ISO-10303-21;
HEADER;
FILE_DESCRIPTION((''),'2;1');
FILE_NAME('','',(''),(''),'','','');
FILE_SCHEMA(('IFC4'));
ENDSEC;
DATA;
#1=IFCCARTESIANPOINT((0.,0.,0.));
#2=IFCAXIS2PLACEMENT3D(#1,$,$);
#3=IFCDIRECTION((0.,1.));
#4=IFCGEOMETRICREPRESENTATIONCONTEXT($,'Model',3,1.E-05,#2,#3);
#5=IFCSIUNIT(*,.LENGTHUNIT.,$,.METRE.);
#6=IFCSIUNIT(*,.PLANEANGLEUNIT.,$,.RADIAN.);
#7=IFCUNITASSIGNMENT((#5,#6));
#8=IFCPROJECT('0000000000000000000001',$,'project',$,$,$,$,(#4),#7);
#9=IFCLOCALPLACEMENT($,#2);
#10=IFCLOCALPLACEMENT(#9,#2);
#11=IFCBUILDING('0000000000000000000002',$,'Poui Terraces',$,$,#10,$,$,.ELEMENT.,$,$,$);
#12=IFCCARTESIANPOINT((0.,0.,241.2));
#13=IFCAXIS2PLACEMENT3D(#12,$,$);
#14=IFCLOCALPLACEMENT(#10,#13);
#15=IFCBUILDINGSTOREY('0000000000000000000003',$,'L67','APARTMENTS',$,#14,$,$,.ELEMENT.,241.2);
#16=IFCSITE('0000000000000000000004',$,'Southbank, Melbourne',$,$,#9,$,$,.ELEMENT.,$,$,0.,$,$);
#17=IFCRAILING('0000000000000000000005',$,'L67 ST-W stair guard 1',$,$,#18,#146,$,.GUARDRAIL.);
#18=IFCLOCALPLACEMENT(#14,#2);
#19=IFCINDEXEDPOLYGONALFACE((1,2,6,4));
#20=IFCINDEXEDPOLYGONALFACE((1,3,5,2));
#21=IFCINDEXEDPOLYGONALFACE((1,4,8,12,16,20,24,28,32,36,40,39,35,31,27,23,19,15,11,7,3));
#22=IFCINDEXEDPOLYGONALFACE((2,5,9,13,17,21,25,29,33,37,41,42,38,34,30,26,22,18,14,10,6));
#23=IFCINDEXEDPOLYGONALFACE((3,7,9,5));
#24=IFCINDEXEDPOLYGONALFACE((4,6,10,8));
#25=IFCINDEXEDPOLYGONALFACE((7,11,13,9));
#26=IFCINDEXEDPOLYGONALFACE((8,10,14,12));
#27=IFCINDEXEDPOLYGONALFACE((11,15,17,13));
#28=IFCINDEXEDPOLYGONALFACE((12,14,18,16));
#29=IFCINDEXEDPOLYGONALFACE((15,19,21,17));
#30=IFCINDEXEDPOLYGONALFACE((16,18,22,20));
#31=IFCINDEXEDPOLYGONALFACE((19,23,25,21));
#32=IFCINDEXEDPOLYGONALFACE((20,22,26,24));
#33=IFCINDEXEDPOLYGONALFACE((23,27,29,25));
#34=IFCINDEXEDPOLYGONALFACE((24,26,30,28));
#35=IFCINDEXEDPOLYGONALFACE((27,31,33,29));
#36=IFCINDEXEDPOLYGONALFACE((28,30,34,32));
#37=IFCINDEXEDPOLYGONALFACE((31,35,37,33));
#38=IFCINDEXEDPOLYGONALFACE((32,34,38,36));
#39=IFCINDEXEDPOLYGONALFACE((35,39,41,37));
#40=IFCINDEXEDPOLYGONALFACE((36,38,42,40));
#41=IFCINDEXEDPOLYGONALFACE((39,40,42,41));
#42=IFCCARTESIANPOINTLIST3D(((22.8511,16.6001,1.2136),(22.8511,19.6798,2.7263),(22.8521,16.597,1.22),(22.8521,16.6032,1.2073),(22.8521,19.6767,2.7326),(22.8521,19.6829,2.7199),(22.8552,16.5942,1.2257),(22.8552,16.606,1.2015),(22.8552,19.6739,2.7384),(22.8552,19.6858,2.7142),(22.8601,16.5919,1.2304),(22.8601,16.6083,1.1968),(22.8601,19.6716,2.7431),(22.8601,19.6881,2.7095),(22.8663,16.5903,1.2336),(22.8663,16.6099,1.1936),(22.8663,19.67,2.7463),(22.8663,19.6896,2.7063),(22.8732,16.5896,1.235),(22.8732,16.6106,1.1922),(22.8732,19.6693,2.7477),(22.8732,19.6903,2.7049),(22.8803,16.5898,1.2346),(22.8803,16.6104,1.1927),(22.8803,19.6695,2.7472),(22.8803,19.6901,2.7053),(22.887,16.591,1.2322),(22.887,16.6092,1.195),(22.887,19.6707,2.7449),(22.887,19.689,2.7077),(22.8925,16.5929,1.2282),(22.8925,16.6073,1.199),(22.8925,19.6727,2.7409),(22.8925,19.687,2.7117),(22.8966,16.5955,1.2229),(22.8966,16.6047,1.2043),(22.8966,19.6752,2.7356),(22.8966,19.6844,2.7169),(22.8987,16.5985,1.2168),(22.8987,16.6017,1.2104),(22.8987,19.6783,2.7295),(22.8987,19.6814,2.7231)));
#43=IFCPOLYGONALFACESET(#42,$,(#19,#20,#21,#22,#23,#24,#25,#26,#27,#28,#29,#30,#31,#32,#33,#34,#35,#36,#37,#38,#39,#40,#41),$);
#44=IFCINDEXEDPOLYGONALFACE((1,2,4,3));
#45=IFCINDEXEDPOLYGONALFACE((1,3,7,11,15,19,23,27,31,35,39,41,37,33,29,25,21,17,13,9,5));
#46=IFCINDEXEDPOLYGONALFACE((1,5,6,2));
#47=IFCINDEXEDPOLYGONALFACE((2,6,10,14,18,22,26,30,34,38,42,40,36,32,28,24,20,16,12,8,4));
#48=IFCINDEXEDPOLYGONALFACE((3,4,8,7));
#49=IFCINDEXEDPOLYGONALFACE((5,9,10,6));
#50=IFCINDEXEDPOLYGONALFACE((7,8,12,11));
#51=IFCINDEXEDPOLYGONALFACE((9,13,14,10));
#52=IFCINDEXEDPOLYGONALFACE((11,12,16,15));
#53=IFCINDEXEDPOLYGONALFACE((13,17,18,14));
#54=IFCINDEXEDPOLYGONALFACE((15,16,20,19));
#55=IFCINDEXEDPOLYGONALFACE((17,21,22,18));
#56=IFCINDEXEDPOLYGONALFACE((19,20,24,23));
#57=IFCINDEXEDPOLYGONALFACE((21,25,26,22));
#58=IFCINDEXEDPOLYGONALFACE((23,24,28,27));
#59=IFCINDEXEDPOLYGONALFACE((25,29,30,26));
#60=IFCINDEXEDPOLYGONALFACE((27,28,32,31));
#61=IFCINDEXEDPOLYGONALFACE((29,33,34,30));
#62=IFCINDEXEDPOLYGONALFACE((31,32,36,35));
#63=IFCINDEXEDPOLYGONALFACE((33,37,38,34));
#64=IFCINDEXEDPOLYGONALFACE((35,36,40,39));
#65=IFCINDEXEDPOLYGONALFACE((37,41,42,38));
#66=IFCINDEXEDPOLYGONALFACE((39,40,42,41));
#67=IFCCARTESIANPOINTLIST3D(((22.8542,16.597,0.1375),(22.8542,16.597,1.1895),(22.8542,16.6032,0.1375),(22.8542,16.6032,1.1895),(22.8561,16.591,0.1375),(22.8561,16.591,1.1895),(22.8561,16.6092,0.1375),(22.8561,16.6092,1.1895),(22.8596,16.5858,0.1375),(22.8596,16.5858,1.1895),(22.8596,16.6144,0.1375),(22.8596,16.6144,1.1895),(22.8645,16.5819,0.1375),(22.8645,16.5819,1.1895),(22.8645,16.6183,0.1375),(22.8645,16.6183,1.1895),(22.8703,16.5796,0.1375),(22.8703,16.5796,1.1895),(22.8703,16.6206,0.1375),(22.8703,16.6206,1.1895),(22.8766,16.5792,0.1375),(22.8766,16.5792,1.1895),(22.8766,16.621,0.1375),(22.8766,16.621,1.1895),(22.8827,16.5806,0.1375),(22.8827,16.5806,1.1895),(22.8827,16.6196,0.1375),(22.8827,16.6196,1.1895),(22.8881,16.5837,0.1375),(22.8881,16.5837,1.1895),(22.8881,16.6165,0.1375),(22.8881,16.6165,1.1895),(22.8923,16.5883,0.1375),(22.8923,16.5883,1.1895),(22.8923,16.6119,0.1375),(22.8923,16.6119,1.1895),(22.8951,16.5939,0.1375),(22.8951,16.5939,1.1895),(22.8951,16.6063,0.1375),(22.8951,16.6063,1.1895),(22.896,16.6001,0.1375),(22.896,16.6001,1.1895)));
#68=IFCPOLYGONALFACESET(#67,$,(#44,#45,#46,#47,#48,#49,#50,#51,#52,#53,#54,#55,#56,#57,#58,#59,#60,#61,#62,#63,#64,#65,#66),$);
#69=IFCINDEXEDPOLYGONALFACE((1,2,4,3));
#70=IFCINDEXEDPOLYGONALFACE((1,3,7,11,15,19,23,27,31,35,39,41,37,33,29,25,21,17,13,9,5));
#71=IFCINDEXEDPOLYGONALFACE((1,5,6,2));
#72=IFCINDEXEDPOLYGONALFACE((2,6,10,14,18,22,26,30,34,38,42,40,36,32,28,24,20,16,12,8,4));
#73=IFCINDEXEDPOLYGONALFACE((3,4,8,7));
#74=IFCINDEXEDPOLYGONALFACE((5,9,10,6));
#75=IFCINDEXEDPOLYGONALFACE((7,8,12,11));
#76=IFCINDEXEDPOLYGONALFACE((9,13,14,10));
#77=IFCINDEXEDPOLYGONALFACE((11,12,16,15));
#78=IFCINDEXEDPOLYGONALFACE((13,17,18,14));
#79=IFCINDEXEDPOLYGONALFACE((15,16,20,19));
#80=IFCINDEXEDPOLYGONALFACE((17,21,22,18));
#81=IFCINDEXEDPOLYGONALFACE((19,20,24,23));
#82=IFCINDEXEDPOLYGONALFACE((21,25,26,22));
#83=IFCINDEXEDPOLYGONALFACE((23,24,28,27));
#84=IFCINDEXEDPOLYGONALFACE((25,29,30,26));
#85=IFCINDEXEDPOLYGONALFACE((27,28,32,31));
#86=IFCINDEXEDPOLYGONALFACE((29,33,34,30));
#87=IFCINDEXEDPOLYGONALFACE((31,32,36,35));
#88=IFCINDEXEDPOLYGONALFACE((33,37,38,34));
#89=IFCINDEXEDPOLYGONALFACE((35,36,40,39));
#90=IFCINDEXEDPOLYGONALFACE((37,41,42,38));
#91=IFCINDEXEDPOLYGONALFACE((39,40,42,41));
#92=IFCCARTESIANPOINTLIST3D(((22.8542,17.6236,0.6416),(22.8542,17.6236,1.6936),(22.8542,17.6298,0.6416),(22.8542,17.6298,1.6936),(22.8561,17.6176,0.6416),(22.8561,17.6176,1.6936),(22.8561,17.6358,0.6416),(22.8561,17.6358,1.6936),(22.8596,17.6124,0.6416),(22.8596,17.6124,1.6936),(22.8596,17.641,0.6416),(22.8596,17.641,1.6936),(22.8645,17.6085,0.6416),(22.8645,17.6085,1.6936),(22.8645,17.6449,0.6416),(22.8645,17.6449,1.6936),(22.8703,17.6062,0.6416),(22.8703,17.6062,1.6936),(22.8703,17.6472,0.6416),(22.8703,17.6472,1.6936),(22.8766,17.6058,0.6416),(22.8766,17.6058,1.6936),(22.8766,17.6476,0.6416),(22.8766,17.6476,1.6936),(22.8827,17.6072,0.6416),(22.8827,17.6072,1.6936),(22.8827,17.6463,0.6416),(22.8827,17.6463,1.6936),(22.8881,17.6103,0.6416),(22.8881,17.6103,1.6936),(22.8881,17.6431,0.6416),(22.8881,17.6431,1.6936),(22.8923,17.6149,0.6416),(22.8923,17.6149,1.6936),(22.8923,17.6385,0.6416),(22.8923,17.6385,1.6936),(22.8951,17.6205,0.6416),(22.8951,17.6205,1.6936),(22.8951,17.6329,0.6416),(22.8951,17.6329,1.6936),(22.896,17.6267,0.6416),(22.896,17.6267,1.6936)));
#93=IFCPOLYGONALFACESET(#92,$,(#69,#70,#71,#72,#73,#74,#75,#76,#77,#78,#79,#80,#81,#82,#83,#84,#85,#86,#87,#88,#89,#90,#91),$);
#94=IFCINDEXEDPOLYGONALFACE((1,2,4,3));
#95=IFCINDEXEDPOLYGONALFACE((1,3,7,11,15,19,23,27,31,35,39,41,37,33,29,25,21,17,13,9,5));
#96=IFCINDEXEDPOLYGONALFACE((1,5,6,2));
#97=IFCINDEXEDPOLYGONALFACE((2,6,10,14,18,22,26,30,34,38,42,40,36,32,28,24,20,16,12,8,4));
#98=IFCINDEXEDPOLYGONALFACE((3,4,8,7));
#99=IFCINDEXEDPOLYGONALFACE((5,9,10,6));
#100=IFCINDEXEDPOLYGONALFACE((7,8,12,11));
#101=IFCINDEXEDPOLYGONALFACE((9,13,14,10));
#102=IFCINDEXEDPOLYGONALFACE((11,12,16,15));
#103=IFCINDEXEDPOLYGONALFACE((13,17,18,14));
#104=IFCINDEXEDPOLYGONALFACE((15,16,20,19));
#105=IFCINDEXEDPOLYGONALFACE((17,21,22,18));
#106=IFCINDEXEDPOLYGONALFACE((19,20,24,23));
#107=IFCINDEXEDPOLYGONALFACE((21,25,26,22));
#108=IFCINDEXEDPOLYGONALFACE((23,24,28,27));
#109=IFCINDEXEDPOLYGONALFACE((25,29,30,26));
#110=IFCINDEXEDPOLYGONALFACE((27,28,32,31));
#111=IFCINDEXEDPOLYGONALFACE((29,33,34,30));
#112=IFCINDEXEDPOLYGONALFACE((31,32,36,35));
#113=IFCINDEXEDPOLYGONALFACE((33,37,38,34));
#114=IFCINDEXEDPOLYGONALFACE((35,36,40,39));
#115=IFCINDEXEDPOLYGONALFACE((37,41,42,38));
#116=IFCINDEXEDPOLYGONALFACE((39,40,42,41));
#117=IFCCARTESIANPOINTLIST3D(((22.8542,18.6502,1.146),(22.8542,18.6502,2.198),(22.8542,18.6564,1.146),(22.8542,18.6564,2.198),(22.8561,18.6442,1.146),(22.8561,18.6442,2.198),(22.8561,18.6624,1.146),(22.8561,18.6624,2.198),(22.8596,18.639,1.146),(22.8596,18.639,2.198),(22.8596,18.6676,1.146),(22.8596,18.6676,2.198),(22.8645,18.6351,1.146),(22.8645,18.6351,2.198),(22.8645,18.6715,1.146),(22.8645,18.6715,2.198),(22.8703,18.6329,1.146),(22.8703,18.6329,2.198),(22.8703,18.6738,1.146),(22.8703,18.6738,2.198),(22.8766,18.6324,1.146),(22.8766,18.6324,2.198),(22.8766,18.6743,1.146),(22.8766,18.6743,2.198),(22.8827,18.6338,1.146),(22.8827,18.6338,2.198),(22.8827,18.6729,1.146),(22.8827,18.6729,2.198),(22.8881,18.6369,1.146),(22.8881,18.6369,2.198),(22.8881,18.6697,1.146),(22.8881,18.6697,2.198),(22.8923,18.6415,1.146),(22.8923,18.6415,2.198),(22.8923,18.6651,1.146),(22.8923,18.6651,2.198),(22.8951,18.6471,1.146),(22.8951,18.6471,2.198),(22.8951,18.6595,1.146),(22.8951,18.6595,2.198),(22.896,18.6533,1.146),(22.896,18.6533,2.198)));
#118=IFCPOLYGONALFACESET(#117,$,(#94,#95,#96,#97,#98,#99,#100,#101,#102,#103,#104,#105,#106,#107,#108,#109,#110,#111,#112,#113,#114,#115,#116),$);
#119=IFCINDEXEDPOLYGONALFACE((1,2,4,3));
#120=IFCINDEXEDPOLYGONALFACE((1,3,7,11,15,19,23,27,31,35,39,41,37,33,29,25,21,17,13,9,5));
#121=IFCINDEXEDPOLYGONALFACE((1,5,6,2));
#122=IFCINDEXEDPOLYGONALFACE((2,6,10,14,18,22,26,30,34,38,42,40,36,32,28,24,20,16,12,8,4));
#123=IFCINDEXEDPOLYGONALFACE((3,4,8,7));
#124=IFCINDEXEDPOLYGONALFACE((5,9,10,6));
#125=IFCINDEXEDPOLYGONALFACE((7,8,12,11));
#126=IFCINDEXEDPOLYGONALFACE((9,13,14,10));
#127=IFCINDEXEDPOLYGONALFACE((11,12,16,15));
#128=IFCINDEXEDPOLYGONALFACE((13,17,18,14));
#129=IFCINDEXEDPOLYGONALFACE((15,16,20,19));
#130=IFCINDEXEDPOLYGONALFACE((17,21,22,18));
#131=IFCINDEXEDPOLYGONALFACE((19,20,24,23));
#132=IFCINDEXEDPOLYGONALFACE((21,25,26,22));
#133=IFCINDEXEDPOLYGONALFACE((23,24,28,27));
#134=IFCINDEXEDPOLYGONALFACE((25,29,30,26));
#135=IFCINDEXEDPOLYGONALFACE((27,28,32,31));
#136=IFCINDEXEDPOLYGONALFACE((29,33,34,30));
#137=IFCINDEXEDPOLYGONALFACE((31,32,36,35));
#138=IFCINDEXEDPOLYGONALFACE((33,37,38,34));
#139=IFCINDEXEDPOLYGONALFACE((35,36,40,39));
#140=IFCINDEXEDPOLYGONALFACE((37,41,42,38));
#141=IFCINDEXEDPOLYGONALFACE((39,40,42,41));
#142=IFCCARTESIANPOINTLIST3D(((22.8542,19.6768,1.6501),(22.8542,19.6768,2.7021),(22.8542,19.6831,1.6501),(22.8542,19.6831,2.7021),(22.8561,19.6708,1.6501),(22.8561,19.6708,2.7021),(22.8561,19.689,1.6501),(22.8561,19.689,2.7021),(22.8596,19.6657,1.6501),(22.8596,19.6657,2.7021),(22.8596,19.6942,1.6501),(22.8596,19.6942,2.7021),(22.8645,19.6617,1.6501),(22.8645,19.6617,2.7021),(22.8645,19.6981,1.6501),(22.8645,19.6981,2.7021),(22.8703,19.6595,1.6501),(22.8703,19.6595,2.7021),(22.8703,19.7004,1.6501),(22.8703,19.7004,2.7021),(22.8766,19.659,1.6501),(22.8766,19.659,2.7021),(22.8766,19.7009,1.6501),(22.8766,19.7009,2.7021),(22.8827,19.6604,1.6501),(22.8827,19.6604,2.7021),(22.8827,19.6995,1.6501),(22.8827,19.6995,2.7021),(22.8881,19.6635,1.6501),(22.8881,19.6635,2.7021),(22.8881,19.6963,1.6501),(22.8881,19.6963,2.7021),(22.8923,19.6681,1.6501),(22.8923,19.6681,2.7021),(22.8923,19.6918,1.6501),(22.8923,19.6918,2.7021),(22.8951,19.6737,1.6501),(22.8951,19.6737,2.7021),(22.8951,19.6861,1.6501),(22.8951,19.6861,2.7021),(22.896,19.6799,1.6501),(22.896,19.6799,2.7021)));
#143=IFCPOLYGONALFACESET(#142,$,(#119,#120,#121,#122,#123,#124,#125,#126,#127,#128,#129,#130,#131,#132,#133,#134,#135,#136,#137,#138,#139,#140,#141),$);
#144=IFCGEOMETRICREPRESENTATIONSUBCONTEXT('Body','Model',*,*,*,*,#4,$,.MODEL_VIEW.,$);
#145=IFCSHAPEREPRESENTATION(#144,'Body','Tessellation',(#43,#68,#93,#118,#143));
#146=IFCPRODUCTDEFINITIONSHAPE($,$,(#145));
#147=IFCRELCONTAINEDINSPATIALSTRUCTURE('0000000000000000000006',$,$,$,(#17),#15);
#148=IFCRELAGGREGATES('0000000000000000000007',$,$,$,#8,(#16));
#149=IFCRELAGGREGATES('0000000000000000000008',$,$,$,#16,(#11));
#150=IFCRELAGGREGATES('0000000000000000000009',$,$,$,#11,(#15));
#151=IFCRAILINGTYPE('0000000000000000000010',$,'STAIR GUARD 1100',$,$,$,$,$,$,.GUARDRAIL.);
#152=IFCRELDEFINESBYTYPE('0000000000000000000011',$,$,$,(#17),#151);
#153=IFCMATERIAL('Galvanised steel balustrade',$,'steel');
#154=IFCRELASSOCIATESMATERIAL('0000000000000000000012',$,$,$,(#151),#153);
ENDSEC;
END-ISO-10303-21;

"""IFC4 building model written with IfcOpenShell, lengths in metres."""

from ifc_helpers import new_model, si_unit, direction, frame, origin, origin_2d, place, context, subcontext, project, spatial, circle, extrude, material, type_object, element, save


model = new_model("IFC4")

# Units and contexts
model_context = context("Model", 3, precision=1e-05, world=origin(), true_north=direction((0.0, 1.0)))
body_context = subcontext(model_context, "Body", "Model", "MODEL_VIEW")
ifc_project = project(units=[si_unit("LENGTHUNIT", "METRE"), si_unit("PLANEANGLEUNIT", "RADIAN")], contexts=[model_context])

# Site, building, storey
site_placement = place(None, origin())
site = spatial("IfcSite", under=ifc_project, at=site_placement, Name="Southbank, Melbourne", CompositionType="ELEMENT", RefElevation=0.0)
building_placement = place(site_placement, origin())
building = spatial("IfcBuilding", under=site, at=building_placement, Name="Poui Terraces", CompositionType="ELEMENT")
storey_placement = place(building_placement, frame((0.0, 0.0, 241.2)))
storey = spatial("IfcBuildingStorey", under=building, at=storey_placement, Name="L67", Description="APARTMENTS", CompositionType="ELEMENT", Elevation=241.2)

# Railing
ifc_material_1 = material(Name="Galvanised steel balustrade", Category="steel")
railing_type_1 = type_object("IfcRailingType", Name="STAIR GUARD 1100", PredefinedType="GUARDRAIL", material=ifc_material_1)
railing_1_placement = place(storey_placement, frame((22.875, 16.6001, 0.1375)))
element("IfcRailing", 1, at=railing_1_placement, inside=storey, type_object=railing_type_1, Name="L67 ST-W stair guard 1", PredefinedType="GUARDRAIL", context=body_context, shape_type="SweptSolid", body=[
    extrude(circle(Radius=0.0239, at=origin_2d()), frame((0.0, 0.0, 1.0762), z_axis=(0.0, 0.897578, 0.440856), x_axis=(-1.0, 0.0, 0.0)), (0.0, 0.0, 1.0), 3.4312),
    extrude(circle(Radius=0.021, at=origin_2d()), origin(), (0.0, 0.0, 1.0), 1.052),
    extrude(circle(Radius=0.021, at=origin_2d()), frame((0.0, 1.0266, 0.5042)), (0.0, 0.0, 1.0), 1.052),
    extrude(circle(Radius=0.021, at=origin_2d()), frame((0.0, 2.0532, 1.0085)), (0.0, 0.0, 1.0), 1.052),
    extrude(circle(Radius=0.021, at=origin_2d()), frame((0.0, 3.0798, 1.5127)), (0.0, 0.0, 1.0), 1.052),
])

save(model, "model.ifc")
